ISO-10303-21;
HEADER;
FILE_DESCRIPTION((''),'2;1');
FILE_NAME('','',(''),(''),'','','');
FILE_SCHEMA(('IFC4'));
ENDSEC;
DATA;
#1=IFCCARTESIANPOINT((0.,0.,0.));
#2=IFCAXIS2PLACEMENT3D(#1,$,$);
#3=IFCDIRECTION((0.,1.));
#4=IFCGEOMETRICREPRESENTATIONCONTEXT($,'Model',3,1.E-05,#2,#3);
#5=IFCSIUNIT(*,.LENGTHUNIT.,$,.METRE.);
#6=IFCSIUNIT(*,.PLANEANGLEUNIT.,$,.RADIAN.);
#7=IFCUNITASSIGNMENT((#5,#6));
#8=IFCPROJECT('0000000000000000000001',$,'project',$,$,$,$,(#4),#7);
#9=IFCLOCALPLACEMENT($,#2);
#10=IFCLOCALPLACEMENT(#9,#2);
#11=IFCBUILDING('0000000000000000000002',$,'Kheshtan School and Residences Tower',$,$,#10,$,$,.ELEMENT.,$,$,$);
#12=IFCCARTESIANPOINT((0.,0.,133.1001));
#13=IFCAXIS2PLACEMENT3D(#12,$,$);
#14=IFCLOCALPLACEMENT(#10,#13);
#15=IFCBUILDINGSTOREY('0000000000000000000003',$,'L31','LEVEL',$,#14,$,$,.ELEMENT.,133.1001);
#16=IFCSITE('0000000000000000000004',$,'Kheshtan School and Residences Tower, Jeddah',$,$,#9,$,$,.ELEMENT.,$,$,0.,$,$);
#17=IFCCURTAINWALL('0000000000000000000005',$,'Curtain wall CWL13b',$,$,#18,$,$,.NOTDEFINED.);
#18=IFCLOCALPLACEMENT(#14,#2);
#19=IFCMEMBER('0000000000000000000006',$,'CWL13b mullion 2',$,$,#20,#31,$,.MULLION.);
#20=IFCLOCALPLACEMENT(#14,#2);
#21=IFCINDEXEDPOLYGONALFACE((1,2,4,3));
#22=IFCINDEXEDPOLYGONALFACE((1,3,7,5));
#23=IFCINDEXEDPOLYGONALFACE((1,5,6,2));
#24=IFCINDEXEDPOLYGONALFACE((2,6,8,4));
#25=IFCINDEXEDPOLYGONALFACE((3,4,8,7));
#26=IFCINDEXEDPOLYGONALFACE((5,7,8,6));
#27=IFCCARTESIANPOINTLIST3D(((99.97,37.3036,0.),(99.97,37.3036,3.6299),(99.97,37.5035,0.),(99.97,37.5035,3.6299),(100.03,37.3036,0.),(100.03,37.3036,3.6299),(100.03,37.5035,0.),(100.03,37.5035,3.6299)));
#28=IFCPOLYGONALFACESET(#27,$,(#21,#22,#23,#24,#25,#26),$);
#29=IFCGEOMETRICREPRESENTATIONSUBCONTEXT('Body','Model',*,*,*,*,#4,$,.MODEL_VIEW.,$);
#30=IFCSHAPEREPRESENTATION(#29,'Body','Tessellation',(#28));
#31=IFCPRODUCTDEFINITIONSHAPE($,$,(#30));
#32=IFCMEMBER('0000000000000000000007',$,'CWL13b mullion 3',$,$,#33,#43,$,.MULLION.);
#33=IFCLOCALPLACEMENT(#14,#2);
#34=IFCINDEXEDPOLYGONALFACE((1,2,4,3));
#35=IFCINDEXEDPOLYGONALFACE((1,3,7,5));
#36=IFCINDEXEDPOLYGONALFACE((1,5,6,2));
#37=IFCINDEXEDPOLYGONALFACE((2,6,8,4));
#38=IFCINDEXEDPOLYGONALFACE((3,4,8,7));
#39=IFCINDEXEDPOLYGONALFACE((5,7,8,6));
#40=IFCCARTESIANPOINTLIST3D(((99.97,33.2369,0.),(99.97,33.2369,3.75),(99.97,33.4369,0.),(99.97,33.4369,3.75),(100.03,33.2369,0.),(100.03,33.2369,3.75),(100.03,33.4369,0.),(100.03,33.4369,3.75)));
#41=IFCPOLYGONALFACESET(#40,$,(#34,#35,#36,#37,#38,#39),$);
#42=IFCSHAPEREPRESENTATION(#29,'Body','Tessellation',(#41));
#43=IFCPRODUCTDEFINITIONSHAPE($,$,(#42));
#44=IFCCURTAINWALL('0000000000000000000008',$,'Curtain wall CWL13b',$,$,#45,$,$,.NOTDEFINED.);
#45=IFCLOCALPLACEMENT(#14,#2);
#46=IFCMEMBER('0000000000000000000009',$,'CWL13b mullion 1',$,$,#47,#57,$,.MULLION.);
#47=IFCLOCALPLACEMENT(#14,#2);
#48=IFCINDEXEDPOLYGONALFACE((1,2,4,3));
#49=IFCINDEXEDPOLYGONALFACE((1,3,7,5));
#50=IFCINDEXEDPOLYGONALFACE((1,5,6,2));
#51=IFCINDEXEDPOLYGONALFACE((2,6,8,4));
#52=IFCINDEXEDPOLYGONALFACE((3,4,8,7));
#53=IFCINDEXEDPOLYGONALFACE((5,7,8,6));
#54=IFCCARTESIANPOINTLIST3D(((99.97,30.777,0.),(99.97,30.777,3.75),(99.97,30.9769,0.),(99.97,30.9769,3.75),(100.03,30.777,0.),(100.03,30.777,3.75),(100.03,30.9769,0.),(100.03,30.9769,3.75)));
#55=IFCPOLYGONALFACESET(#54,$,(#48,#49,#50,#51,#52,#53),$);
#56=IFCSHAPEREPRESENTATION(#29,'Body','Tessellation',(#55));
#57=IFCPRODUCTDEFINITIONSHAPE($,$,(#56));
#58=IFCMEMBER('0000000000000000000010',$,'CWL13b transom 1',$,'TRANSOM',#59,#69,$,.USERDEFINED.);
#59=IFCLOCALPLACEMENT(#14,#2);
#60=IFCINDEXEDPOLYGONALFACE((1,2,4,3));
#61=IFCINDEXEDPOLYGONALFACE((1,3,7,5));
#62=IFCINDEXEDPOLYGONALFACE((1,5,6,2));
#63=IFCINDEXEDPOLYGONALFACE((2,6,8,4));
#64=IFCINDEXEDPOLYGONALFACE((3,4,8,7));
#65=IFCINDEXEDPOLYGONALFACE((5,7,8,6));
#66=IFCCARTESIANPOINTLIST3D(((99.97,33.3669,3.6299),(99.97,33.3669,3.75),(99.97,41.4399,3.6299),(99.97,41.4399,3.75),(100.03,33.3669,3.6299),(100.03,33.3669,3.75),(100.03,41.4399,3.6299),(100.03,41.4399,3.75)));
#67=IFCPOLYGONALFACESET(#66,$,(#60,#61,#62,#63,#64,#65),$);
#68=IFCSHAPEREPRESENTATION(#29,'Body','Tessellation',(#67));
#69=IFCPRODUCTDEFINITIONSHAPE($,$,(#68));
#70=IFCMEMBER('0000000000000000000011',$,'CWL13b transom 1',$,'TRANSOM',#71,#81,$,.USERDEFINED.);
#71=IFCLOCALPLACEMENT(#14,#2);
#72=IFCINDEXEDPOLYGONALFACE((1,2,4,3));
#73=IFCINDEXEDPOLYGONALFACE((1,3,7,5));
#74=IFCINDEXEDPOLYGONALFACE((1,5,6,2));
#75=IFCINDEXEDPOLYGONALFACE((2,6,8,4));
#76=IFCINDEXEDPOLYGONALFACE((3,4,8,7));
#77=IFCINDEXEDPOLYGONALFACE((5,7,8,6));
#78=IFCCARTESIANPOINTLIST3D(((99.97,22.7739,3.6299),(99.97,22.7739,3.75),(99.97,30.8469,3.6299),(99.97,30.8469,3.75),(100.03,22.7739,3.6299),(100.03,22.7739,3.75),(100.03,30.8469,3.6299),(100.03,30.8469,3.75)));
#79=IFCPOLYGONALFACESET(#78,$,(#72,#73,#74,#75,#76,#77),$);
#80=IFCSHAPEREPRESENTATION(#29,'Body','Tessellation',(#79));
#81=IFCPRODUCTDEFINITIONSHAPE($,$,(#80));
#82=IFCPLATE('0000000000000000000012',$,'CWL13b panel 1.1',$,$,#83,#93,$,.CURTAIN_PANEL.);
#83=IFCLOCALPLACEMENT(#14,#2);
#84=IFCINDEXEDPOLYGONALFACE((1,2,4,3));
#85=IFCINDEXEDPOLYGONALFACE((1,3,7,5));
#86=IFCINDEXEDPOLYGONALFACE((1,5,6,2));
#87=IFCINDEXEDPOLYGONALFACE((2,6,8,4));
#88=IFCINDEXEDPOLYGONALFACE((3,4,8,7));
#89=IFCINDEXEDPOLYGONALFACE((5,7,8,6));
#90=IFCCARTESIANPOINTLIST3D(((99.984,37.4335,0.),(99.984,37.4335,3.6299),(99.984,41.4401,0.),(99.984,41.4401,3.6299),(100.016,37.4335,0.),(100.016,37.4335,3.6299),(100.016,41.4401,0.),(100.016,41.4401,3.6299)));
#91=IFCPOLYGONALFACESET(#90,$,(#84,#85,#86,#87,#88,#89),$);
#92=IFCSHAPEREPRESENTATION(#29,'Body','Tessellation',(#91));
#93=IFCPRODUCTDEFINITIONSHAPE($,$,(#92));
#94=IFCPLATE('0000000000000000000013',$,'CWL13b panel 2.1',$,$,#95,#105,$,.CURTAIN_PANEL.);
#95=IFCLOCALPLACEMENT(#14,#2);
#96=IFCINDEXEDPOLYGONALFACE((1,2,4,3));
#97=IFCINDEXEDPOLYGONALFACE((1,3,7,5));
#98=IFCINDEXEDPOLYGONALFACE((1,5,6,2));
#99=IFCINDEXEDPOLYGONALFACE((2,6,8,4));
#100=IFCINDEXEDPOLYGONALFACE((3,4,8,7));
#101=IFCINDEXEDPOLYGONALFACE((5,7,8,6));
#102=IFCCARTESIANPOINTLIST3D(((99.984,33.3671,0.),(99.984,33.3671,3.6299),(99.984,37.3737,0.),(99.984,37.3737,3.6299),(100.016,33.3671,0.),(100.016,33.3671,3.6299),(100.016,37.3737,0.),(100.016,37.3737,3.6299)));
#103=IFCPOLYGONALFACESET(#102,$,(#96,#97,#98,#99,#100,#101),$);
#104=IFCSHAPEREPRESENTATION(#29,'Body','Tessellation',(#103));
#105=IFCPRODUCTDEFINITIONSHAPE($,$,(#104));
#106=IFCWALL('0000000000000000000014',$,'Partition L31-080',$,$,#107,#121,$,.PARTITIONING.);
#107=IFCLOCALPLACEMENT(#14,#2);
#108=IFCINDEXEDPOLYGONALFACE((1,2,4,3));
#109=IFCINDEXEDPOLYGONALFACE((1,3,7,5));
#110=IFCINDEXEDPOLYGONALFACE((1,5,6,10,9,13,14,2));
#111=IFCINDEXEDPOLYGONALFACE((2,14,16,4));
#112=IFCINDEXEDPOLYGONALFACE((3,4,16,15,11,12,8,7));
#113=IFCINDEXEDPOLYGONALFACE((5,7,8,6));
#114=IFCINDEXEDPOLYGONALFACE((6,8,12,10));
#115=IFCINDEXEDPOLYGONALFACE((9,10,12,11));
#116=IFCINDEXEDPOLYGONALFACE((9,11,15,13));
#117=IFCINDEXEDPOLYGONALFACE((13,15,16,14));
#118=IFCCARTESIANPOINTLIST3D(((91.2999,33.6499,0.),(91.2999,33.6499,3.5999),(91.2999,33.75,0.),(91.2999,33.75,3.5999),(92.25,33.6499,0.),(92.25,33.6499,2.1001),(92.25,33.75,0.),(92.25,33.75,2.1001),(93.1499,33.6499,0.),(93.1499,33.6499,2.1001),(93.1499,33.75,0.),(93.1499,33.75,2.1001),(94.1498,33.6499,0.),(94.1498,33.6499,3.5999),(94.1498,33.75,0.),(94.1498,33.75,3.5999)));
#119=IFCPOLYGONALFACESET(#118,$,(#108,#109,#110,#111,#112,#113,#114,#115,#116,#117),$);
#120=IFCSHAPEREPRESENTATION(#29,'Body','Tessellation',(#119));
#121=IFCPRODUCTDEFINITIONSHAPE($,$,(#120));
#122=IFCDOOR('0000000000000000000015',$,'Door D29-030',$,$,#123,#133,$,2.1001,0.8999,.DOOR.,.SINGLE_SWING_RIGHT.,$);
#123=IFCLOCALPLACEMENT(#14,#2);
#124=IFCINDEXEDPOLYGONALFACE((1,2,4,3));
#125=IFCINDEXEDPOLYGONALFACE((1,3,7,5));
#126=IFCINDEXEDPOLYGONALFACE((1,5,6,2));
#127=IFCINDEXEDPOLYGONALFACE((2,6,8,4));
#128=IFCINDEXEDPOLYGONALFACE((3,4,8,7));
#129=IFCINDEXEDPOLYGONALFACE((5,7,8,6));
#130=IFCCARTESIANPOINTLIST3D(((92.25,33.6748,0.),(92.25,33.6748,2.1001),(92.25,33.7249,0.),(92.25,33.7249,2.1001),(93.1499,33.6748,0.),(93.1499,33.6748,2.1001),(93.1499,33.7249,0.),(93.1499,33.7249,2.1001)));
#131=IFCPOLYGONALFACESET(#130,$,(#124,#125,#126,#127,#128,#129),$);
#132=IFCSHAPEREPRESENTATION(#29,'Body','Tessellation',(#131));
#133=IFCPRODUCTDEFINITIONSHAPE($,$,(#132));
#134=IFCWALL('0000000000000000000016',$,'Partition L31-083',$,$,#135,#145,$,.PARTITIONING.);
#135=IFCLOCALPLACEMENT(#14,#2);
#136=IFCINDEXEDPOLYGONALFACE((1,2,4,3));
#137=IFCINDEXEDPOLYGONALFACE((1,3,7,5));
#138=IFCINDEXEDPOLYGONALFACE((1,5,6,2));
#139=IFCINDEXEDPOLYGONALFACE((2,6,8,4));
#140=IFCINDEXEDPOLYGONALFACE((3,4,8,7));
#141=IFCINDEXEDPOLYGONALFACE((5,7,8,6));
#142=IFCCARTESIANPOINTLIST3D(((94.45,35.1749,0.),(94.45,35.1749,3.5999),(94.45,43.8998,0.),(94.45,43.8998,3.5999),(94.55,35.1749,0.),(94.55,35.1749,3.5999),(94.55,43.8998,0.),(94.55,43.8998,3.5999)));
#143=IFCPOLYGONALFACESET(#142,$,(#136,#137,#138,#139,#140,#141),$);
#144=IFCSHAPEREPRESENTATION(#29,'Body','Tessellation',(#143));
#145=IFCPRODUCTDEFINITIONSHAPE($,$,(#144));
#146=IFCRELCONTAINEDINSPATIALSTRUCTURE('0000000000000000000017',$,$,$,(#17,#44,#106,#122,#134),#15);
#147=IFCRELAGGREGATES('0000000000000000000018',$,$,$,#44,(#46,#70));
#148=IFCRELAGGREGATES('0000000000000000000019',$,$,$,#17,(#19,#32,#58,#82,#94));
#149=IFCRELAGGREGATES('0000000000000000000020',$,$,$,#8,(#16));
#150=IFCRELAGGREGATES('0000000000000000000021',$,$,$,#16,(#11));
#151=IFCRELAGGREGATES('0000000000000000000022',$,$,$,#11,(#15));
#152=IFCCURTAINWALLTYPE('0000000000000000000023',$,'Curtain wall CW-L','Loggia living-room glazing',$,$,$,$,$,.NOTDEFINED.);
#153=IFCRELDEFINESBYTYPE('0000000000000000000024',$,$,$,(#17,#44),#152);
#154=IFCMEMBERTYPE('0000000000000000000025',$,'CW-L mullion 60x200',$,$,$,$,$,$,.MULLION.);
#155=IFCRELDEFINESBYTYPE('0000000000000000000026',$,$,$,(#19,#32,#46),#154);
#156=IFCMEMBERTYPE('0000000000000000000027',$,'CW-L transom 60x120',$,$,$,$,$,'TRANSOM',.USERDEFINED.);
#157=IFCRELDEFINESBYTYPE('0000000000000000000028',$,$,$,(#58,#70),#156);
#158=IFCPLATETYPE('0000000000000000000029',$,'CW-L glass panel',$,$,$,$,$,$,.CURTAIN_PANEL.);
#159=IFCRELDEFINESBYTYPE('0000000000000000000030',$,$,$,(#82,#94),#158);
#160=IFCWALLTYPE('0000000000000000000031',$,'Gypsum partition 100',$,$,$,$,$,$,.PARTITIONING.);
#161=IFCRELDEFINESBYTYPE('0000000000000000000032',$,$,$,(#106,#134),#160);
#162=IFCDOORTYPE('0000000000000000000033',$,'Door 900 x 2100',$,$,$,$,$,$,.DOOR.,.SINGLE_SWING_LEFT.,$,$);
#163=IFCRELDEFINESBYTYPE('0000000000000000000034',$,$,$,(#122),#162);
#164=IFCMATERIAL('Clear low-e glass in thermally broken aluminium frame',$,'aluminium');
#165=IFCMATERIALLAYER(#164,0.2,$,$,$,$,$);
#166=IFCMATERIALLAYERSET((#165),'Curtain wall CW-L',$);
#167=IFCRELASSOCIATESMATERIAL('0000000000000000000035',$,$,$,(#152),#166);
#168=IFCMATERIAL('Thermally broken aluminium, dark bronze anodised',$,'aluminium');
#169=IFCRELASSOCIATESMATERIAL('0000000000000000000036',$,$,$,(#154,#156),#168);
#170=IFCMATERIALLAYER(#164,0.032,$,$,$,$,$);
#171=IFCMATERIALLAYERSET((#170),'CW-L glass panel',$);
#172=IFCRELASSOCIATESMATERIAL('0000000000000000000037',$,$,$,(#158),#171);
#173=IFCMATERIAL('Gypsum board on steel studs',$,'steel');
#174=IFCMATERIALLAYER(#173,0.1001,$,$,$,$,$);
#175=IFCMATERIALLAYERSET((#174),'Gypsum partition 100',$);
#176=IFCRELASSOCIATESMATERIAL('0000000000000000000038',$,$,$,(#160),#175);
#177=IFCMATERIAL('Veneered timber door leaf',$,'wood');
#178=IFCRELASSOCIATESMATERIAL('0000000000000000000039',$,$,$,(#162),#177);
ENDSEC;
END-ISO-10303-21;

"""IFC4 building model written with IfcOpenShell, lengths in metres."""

from ifc_helpers import new_model, si_unit, direction, frame, frame_2d, origin, origin_2d, place, context, subcontext, project, spatial, rectangle, extrude, source, transform, mapped, material, layer, layer_set, material_profile, profile_set, type_object, element, fill, aggregate, save


model = new_model("IFC4")

# Units and contexts
model_context = context("Model", 3, precision=1e-05, world=origin(), true_north=direction((0.0, 1.0)))
body_context = subcontext(model_context, "Body", "Model", "MODEL_VIEW")
ifc_project = project(units=[si_unit("LENGTHUNIT", "METRE"), si_unit("PLANEANGLEUNIT", "RADIAN")], contexts=[model_context])

# Site, building, storey
site_placement = place(None, origin())
site = spatial("IfcSite", under=ifc_project, at=site_placement, Name="Kheshtan School and Residences Tower, Jeddah", CompositionType="ELEMENT", RefElevation=0.0)
building_placement = place(site_placement, origin())
building = spatial("IfcBuilding", under=site, at=building_placement, Name="Kheshtan School and Residences Tower", CompositionType="ELEMENT")
storey_placement = place(building_placement, frame((0.0, 0.0, 133.1001)))
storey = spatial("IfcBuildingStorey", under=building, at=storey_placement, Name="L31", Description="LEVEL", CompositionType="ELEMENT", Elevation=133.1001)

# Curtain wall, members
ifc_material_1 = material(Name="Clear low-e glass in thermally broken aluminium frame", Category="aluminium")
ifc_layer_1 = layer(ifc_material_1, 0.2)
ifc_layer_set_1 = layer_set([ifc_layer_1], Name="Curtain wall CW-L")
curtain_wall_type = type_object("IfcCurtainWallType", Name="Curtain wall CW-L", Description="Loggia living-room glazing", PredefinedType="NOTDEFINED", material=ifc_layer_set_1)
curtain_wall_1_placement = place(storey_placement, origin())
curtain_wall_1 = element("IfcCurtainWall", 1, at=curtain_wall_1_placement, inside=storey, type_object=curtain_wall_type, Name="Curtain wall CWL13b", PredefinedType="NOTDEFINED")
ifc_material_2 = material(Name="Thermally broken aluminium, dark bronze anodised", Category="aluminium")
ifc_material_profile_1 = material_profile(ifc_material_2, rectangle(XDim=0.0601, YDim=0.2, at=origin_2d()), Name="CW-L mullion 60x200")
ifc_profile_set_1 = profile_set([ifc_material_profile_1], Name="Thermally broken aluminium, dark bronze anodised")
member_type_1 = type_object("IfcMemberType", Name="CW-L mullion 60x200", PredefinedType="MULLION", material=ifc_profile_set_1)
member_1_placement = place(storey_placement, frame((100.0, 37.4036, 0.0), z_axis=(0.0, 0.0, 1.0), x_axis=(1.0, 0.0, 0.0)))
member_1 = element("IfcMember", 2, at=member_1_placement, type_object=member_type_1, Name="CWL13b mullion 2", PredefinedType="MULLION", context=body_context, shape_type="SweptSolid", body=[
    extrude(rectangle(XDim=0.0601, YDim=0.2, at=origin_2d()), origin(), (0.0, 0.0, 1.0), 3.6299),
])
member_2_placement = place(storey_placement, frame((100.0, 33.3369, 0.0), z_axis=(0.0, 0.0, 1.0), x_axis=(1.0, 0.0, 0.0)))
member_2 = element("IfcMember", 3, at=member_2_placement, type_object=member_type_1, Name="CWL13b mullion 3", PredefinedType="MULLION", context=body_context, shape_type="SweptSolid", body=[
    extrude(rectangle(XDim=0.0601, YDim=0.2, at=origin_2d()), origin(), (0.0, 0.0, 1.0), 3.75),
])

# Curtain wall, member
curtain_wall_2_placement = place(storey_placement, origin())
curtain_wall_2 = element("IfcCurtainWall", 4, at=curtain_wall_2_placement, inside=storey, type_object=curtain_wall_type, Name="Curtain wall CWL13b", PredefinedType="NOTDEFINED")
member_3_placement = place(storey_placement, frame((100.0, 30.877, 0.0), z_axis=(0.0, 0.0, 1.0), x_axis=(1.0, 0.0, 0.0)))
member_3 = element("IfcMember", 5, at=member_3_placement, type_object=member_type_1, Name="CWL13b mullion 1", PredefinedType="MULLION", context=body_context, shape_type="SweptSolid", body=[
    extrude(rectangle(XDim=0.0601, YDim=0.2, at=origin_2d()), origin(), (0.0, 0.0, 1.0), 3.75),
])

# Members
ifc_material_profile_2 = material_profile(ifc_material_2, rectangle(XDim=0.0601, YDim=0.1201, at=origin_2d()), Name="CW-L transom 60x120")
ifc_profile_set_2 = profile_set([ifc_material_profile_2], Name="Thermally broken aluminium, dark bronze anodised")
member_type_2 = type_object("IfcMemberType", Name="CW-L transom 60x120", ElementType="TRANSOM", PredefinedType="USERDEFINED", material=ifc_profile_set_2)
member_4_placement = place(storey_placement, frame((100.0, 41.4399, 3.6899), z_axis=(0.0, -1.0, 0.0), x_axis=(1.0, 0.0, 0.0)))
member_4 = element("IfcMember", 6, at=member_4_placement, type_object=member_type_2, Name="CWL13b transom 1", ObjectType="TRANSOM", PredefinedType="USERDEFINED", context=body_context, shape_type="SweptSolid", body=[
    extrude(rectangle(XDim=0.0601, YDim=0.1201, at=origin_2d()), origin(), (0.0, 0.0, 1.0), 8.073),
])
member_5_placement = place(storey_placement, frame((100.0, 30.8469, 3.6899), z_axis=(0.0, -1.0, 0.0), x_axis=(1.0, 0.0, 0.0)))
member_5 = element("IfcMember", 7, at=member_5_placement, type_object=member_type_2, Name="CWL13b transom 1", ObjectType="TRANSOM", PredefinedType="USERDEFINED", context=body_context, shape_type="SweptSolid", body=[
    extrude(rectangle(XDim=0.0601, YDim=0.1201, at=origin_2d()), origin(), (0.0, 0.0, 1.0), 8.073),
])
aggregate(curtain_wall_2, [member_3, member_5])

# Plates
ifc_layer_2 = layer(ifc_material_1, 0.032)
ifc_layer_set_2 = layer_set([ifc_layer_2], Name="CW-L glass panel")
plate_type = type_object("IfcPlateType", Name="CW-L glass panel", PredefinedType="CURTAIN_PANEL", material=ifc_layer_set_2)
plate_1_placement = place(storey_placement, frame((100.0, 39.4368, 0.0), z_axis=(0.0, 0.0, 1.0), x_axis=(0.0, -1.0, 0.0)))
plate_1 = element("IfcPlate", 8, at=plate_1_placement, type_object=plate_type, Name="CWL13b panel 1.1", PredefinedType="CURTAIN_PANEL", context=body_context, shape_type="SweptSolid", body=[
    extrude(rectangle(XDim=4.0066, YDim=0.032, at=origin_2d()), origin(), (0.0, 0.0, 1.0), 3.6299),
])
plate_2_placement = place(storey_placement, frame((100.0, 35.3704, 0.0), z_axis=(0.0, 0.0, 1.0), x_axis=(0.0, -1.0, 0.0)))
plate_2 = element("IfcPlate", 9, at=plate_2_placement, type_object=plate_type, Name="CWL13b panel 2.1", PredefinedType="CURTAIN_PANEL", context=body_context, shape_type="SweptSolid", body=[
    extrude(rectangle(XDim=4.0066, YDim=0.032, at=origin_2d()), origin(), (0.0, 0.0, 1.0), 3.6299),
])
aggregate(curtain_wall_1, [member_1, member_2, member_4, plate_1, plate_2])

# Wall, opening, door
ifc_material_3 = material(Name="Gypsum board on steel studs", Category="steel")
ifc_layer_3 = layer(ifc_material_3, 0.1001)
ifc_layer_set_3 = layer_set([ifc_layer_3], Name="Gypsum partition 100")
wall_type_1 = type_object("IfcWallType", Name="Gypsum partition 100", PredefinedType="PARTITIONING", material=ifc_layer_set_3)
wall_1_placement = place(storey_placement, frame((91.3, 33.7, 0.0), z_axis=(0.0, 0.0, 1.0), x_axis=(1.0, 0.0, 0.0)))
wall_1 = element("IfcWall", 10, at=wall_1_placement, inside=storey, type_object=wall_type_1, Name="Partition L31-080", PredefinedType="PARTITIONING", context=body_context, shape_type="SweptSolid", body=[
    extrude(rectangle(XDim=2.8499, YDim=0.1001, at=frame_2d((1.4248, 0.0))), origin(), (0.0, 0.0, 1.0), 3.5999),
])
opening_1_placement = place(wall_1_placement, frame((0.95, 0.0, 0.0)))
opening_1 = element("IfcOpeningElement", 11, at=opening_1_placement, cuts=wall_1, PredefinedType="OPENING", context=body_context, shape_type="SweptSolid", body=[
    extrude(rectangle(XDim=0.8999, YDim=2.1001, at=frame_2d((0.45, 1.05))), frame((0.0, 0.0601, 0.0), z_axis=(0.0, -1.0, 0.0), x_axis=(1.0, 0.0, 0.0)), (0.0, 0.0, 1.0), 0.1201),
])
ifc_material_4 = material(Name="Veneered timber door leaf", Category="wood")
door_type_1 = type_object("IfcDoorType", Name="Door 900 x 2100", OperationType="SINGLE_SWING_LEFT", PredefinedType="DOOR", material=ifc_material_4)
shared_shape_1 = source(origin(), body_context, "Body", "SweptSolid", [
    extrude(rectangle(XDim=0.8999, YDim=2.1001, at=frame_2d((0.45, 1.05))), frame((0.0, 0.0249, 0.0), z_axis=(0.0, -1.0, 0.0), x_axis=(1.0, 0.0, 0.0)), (0.0, 0.0, 1.0), 0.05),
])
door_1_placement = place(opening_1_placement, origin())
door_1 = element("IfcDoor", 12, at=door_1_placement, inside=storey, type_object=door_type_1, Name="Door D29-030", OperationType="SINGLE_SWING_RIGHT", OverallHeight=2.1001, OverallWidth=0.8999, PredefinedType="DOOR", context=body_context, shape_type="MappedRepresentation", body=[
    mapped(shared_shape_1, transform((0.0, 0.0, 0.0), x_axis=(1.0, 0.0, 0.0), y_axis=(0.0, 1.0, 0.0), z_axis=(0.0, 0.0, 1.0), scale=1.0)),
])
fill(opening_1, door_1)

# Wall
wall_2_placement = place(storey_placement, frame((94.5, 35.175, 0.0), z_axis=(0.0, 0.0, 1.0), x_axis=(0.0, 1.0, 0.0)))
element("IfcWall", 13, at=wall_2_placement, inside=storey, type_object=wall_type_1, Name="Partition L31-083", PredefinedType="PARTITIONING", context=body_context, shape_type="SweptSolid", body=[
    extrude(rectangle(XDim=8.7249, YDim=0.1001, at=frame_2d((4.3623, 0.0))), origin(), (0.0, 0.0, 1.0), 3.5999),
])

save(model, "model.ifc")
